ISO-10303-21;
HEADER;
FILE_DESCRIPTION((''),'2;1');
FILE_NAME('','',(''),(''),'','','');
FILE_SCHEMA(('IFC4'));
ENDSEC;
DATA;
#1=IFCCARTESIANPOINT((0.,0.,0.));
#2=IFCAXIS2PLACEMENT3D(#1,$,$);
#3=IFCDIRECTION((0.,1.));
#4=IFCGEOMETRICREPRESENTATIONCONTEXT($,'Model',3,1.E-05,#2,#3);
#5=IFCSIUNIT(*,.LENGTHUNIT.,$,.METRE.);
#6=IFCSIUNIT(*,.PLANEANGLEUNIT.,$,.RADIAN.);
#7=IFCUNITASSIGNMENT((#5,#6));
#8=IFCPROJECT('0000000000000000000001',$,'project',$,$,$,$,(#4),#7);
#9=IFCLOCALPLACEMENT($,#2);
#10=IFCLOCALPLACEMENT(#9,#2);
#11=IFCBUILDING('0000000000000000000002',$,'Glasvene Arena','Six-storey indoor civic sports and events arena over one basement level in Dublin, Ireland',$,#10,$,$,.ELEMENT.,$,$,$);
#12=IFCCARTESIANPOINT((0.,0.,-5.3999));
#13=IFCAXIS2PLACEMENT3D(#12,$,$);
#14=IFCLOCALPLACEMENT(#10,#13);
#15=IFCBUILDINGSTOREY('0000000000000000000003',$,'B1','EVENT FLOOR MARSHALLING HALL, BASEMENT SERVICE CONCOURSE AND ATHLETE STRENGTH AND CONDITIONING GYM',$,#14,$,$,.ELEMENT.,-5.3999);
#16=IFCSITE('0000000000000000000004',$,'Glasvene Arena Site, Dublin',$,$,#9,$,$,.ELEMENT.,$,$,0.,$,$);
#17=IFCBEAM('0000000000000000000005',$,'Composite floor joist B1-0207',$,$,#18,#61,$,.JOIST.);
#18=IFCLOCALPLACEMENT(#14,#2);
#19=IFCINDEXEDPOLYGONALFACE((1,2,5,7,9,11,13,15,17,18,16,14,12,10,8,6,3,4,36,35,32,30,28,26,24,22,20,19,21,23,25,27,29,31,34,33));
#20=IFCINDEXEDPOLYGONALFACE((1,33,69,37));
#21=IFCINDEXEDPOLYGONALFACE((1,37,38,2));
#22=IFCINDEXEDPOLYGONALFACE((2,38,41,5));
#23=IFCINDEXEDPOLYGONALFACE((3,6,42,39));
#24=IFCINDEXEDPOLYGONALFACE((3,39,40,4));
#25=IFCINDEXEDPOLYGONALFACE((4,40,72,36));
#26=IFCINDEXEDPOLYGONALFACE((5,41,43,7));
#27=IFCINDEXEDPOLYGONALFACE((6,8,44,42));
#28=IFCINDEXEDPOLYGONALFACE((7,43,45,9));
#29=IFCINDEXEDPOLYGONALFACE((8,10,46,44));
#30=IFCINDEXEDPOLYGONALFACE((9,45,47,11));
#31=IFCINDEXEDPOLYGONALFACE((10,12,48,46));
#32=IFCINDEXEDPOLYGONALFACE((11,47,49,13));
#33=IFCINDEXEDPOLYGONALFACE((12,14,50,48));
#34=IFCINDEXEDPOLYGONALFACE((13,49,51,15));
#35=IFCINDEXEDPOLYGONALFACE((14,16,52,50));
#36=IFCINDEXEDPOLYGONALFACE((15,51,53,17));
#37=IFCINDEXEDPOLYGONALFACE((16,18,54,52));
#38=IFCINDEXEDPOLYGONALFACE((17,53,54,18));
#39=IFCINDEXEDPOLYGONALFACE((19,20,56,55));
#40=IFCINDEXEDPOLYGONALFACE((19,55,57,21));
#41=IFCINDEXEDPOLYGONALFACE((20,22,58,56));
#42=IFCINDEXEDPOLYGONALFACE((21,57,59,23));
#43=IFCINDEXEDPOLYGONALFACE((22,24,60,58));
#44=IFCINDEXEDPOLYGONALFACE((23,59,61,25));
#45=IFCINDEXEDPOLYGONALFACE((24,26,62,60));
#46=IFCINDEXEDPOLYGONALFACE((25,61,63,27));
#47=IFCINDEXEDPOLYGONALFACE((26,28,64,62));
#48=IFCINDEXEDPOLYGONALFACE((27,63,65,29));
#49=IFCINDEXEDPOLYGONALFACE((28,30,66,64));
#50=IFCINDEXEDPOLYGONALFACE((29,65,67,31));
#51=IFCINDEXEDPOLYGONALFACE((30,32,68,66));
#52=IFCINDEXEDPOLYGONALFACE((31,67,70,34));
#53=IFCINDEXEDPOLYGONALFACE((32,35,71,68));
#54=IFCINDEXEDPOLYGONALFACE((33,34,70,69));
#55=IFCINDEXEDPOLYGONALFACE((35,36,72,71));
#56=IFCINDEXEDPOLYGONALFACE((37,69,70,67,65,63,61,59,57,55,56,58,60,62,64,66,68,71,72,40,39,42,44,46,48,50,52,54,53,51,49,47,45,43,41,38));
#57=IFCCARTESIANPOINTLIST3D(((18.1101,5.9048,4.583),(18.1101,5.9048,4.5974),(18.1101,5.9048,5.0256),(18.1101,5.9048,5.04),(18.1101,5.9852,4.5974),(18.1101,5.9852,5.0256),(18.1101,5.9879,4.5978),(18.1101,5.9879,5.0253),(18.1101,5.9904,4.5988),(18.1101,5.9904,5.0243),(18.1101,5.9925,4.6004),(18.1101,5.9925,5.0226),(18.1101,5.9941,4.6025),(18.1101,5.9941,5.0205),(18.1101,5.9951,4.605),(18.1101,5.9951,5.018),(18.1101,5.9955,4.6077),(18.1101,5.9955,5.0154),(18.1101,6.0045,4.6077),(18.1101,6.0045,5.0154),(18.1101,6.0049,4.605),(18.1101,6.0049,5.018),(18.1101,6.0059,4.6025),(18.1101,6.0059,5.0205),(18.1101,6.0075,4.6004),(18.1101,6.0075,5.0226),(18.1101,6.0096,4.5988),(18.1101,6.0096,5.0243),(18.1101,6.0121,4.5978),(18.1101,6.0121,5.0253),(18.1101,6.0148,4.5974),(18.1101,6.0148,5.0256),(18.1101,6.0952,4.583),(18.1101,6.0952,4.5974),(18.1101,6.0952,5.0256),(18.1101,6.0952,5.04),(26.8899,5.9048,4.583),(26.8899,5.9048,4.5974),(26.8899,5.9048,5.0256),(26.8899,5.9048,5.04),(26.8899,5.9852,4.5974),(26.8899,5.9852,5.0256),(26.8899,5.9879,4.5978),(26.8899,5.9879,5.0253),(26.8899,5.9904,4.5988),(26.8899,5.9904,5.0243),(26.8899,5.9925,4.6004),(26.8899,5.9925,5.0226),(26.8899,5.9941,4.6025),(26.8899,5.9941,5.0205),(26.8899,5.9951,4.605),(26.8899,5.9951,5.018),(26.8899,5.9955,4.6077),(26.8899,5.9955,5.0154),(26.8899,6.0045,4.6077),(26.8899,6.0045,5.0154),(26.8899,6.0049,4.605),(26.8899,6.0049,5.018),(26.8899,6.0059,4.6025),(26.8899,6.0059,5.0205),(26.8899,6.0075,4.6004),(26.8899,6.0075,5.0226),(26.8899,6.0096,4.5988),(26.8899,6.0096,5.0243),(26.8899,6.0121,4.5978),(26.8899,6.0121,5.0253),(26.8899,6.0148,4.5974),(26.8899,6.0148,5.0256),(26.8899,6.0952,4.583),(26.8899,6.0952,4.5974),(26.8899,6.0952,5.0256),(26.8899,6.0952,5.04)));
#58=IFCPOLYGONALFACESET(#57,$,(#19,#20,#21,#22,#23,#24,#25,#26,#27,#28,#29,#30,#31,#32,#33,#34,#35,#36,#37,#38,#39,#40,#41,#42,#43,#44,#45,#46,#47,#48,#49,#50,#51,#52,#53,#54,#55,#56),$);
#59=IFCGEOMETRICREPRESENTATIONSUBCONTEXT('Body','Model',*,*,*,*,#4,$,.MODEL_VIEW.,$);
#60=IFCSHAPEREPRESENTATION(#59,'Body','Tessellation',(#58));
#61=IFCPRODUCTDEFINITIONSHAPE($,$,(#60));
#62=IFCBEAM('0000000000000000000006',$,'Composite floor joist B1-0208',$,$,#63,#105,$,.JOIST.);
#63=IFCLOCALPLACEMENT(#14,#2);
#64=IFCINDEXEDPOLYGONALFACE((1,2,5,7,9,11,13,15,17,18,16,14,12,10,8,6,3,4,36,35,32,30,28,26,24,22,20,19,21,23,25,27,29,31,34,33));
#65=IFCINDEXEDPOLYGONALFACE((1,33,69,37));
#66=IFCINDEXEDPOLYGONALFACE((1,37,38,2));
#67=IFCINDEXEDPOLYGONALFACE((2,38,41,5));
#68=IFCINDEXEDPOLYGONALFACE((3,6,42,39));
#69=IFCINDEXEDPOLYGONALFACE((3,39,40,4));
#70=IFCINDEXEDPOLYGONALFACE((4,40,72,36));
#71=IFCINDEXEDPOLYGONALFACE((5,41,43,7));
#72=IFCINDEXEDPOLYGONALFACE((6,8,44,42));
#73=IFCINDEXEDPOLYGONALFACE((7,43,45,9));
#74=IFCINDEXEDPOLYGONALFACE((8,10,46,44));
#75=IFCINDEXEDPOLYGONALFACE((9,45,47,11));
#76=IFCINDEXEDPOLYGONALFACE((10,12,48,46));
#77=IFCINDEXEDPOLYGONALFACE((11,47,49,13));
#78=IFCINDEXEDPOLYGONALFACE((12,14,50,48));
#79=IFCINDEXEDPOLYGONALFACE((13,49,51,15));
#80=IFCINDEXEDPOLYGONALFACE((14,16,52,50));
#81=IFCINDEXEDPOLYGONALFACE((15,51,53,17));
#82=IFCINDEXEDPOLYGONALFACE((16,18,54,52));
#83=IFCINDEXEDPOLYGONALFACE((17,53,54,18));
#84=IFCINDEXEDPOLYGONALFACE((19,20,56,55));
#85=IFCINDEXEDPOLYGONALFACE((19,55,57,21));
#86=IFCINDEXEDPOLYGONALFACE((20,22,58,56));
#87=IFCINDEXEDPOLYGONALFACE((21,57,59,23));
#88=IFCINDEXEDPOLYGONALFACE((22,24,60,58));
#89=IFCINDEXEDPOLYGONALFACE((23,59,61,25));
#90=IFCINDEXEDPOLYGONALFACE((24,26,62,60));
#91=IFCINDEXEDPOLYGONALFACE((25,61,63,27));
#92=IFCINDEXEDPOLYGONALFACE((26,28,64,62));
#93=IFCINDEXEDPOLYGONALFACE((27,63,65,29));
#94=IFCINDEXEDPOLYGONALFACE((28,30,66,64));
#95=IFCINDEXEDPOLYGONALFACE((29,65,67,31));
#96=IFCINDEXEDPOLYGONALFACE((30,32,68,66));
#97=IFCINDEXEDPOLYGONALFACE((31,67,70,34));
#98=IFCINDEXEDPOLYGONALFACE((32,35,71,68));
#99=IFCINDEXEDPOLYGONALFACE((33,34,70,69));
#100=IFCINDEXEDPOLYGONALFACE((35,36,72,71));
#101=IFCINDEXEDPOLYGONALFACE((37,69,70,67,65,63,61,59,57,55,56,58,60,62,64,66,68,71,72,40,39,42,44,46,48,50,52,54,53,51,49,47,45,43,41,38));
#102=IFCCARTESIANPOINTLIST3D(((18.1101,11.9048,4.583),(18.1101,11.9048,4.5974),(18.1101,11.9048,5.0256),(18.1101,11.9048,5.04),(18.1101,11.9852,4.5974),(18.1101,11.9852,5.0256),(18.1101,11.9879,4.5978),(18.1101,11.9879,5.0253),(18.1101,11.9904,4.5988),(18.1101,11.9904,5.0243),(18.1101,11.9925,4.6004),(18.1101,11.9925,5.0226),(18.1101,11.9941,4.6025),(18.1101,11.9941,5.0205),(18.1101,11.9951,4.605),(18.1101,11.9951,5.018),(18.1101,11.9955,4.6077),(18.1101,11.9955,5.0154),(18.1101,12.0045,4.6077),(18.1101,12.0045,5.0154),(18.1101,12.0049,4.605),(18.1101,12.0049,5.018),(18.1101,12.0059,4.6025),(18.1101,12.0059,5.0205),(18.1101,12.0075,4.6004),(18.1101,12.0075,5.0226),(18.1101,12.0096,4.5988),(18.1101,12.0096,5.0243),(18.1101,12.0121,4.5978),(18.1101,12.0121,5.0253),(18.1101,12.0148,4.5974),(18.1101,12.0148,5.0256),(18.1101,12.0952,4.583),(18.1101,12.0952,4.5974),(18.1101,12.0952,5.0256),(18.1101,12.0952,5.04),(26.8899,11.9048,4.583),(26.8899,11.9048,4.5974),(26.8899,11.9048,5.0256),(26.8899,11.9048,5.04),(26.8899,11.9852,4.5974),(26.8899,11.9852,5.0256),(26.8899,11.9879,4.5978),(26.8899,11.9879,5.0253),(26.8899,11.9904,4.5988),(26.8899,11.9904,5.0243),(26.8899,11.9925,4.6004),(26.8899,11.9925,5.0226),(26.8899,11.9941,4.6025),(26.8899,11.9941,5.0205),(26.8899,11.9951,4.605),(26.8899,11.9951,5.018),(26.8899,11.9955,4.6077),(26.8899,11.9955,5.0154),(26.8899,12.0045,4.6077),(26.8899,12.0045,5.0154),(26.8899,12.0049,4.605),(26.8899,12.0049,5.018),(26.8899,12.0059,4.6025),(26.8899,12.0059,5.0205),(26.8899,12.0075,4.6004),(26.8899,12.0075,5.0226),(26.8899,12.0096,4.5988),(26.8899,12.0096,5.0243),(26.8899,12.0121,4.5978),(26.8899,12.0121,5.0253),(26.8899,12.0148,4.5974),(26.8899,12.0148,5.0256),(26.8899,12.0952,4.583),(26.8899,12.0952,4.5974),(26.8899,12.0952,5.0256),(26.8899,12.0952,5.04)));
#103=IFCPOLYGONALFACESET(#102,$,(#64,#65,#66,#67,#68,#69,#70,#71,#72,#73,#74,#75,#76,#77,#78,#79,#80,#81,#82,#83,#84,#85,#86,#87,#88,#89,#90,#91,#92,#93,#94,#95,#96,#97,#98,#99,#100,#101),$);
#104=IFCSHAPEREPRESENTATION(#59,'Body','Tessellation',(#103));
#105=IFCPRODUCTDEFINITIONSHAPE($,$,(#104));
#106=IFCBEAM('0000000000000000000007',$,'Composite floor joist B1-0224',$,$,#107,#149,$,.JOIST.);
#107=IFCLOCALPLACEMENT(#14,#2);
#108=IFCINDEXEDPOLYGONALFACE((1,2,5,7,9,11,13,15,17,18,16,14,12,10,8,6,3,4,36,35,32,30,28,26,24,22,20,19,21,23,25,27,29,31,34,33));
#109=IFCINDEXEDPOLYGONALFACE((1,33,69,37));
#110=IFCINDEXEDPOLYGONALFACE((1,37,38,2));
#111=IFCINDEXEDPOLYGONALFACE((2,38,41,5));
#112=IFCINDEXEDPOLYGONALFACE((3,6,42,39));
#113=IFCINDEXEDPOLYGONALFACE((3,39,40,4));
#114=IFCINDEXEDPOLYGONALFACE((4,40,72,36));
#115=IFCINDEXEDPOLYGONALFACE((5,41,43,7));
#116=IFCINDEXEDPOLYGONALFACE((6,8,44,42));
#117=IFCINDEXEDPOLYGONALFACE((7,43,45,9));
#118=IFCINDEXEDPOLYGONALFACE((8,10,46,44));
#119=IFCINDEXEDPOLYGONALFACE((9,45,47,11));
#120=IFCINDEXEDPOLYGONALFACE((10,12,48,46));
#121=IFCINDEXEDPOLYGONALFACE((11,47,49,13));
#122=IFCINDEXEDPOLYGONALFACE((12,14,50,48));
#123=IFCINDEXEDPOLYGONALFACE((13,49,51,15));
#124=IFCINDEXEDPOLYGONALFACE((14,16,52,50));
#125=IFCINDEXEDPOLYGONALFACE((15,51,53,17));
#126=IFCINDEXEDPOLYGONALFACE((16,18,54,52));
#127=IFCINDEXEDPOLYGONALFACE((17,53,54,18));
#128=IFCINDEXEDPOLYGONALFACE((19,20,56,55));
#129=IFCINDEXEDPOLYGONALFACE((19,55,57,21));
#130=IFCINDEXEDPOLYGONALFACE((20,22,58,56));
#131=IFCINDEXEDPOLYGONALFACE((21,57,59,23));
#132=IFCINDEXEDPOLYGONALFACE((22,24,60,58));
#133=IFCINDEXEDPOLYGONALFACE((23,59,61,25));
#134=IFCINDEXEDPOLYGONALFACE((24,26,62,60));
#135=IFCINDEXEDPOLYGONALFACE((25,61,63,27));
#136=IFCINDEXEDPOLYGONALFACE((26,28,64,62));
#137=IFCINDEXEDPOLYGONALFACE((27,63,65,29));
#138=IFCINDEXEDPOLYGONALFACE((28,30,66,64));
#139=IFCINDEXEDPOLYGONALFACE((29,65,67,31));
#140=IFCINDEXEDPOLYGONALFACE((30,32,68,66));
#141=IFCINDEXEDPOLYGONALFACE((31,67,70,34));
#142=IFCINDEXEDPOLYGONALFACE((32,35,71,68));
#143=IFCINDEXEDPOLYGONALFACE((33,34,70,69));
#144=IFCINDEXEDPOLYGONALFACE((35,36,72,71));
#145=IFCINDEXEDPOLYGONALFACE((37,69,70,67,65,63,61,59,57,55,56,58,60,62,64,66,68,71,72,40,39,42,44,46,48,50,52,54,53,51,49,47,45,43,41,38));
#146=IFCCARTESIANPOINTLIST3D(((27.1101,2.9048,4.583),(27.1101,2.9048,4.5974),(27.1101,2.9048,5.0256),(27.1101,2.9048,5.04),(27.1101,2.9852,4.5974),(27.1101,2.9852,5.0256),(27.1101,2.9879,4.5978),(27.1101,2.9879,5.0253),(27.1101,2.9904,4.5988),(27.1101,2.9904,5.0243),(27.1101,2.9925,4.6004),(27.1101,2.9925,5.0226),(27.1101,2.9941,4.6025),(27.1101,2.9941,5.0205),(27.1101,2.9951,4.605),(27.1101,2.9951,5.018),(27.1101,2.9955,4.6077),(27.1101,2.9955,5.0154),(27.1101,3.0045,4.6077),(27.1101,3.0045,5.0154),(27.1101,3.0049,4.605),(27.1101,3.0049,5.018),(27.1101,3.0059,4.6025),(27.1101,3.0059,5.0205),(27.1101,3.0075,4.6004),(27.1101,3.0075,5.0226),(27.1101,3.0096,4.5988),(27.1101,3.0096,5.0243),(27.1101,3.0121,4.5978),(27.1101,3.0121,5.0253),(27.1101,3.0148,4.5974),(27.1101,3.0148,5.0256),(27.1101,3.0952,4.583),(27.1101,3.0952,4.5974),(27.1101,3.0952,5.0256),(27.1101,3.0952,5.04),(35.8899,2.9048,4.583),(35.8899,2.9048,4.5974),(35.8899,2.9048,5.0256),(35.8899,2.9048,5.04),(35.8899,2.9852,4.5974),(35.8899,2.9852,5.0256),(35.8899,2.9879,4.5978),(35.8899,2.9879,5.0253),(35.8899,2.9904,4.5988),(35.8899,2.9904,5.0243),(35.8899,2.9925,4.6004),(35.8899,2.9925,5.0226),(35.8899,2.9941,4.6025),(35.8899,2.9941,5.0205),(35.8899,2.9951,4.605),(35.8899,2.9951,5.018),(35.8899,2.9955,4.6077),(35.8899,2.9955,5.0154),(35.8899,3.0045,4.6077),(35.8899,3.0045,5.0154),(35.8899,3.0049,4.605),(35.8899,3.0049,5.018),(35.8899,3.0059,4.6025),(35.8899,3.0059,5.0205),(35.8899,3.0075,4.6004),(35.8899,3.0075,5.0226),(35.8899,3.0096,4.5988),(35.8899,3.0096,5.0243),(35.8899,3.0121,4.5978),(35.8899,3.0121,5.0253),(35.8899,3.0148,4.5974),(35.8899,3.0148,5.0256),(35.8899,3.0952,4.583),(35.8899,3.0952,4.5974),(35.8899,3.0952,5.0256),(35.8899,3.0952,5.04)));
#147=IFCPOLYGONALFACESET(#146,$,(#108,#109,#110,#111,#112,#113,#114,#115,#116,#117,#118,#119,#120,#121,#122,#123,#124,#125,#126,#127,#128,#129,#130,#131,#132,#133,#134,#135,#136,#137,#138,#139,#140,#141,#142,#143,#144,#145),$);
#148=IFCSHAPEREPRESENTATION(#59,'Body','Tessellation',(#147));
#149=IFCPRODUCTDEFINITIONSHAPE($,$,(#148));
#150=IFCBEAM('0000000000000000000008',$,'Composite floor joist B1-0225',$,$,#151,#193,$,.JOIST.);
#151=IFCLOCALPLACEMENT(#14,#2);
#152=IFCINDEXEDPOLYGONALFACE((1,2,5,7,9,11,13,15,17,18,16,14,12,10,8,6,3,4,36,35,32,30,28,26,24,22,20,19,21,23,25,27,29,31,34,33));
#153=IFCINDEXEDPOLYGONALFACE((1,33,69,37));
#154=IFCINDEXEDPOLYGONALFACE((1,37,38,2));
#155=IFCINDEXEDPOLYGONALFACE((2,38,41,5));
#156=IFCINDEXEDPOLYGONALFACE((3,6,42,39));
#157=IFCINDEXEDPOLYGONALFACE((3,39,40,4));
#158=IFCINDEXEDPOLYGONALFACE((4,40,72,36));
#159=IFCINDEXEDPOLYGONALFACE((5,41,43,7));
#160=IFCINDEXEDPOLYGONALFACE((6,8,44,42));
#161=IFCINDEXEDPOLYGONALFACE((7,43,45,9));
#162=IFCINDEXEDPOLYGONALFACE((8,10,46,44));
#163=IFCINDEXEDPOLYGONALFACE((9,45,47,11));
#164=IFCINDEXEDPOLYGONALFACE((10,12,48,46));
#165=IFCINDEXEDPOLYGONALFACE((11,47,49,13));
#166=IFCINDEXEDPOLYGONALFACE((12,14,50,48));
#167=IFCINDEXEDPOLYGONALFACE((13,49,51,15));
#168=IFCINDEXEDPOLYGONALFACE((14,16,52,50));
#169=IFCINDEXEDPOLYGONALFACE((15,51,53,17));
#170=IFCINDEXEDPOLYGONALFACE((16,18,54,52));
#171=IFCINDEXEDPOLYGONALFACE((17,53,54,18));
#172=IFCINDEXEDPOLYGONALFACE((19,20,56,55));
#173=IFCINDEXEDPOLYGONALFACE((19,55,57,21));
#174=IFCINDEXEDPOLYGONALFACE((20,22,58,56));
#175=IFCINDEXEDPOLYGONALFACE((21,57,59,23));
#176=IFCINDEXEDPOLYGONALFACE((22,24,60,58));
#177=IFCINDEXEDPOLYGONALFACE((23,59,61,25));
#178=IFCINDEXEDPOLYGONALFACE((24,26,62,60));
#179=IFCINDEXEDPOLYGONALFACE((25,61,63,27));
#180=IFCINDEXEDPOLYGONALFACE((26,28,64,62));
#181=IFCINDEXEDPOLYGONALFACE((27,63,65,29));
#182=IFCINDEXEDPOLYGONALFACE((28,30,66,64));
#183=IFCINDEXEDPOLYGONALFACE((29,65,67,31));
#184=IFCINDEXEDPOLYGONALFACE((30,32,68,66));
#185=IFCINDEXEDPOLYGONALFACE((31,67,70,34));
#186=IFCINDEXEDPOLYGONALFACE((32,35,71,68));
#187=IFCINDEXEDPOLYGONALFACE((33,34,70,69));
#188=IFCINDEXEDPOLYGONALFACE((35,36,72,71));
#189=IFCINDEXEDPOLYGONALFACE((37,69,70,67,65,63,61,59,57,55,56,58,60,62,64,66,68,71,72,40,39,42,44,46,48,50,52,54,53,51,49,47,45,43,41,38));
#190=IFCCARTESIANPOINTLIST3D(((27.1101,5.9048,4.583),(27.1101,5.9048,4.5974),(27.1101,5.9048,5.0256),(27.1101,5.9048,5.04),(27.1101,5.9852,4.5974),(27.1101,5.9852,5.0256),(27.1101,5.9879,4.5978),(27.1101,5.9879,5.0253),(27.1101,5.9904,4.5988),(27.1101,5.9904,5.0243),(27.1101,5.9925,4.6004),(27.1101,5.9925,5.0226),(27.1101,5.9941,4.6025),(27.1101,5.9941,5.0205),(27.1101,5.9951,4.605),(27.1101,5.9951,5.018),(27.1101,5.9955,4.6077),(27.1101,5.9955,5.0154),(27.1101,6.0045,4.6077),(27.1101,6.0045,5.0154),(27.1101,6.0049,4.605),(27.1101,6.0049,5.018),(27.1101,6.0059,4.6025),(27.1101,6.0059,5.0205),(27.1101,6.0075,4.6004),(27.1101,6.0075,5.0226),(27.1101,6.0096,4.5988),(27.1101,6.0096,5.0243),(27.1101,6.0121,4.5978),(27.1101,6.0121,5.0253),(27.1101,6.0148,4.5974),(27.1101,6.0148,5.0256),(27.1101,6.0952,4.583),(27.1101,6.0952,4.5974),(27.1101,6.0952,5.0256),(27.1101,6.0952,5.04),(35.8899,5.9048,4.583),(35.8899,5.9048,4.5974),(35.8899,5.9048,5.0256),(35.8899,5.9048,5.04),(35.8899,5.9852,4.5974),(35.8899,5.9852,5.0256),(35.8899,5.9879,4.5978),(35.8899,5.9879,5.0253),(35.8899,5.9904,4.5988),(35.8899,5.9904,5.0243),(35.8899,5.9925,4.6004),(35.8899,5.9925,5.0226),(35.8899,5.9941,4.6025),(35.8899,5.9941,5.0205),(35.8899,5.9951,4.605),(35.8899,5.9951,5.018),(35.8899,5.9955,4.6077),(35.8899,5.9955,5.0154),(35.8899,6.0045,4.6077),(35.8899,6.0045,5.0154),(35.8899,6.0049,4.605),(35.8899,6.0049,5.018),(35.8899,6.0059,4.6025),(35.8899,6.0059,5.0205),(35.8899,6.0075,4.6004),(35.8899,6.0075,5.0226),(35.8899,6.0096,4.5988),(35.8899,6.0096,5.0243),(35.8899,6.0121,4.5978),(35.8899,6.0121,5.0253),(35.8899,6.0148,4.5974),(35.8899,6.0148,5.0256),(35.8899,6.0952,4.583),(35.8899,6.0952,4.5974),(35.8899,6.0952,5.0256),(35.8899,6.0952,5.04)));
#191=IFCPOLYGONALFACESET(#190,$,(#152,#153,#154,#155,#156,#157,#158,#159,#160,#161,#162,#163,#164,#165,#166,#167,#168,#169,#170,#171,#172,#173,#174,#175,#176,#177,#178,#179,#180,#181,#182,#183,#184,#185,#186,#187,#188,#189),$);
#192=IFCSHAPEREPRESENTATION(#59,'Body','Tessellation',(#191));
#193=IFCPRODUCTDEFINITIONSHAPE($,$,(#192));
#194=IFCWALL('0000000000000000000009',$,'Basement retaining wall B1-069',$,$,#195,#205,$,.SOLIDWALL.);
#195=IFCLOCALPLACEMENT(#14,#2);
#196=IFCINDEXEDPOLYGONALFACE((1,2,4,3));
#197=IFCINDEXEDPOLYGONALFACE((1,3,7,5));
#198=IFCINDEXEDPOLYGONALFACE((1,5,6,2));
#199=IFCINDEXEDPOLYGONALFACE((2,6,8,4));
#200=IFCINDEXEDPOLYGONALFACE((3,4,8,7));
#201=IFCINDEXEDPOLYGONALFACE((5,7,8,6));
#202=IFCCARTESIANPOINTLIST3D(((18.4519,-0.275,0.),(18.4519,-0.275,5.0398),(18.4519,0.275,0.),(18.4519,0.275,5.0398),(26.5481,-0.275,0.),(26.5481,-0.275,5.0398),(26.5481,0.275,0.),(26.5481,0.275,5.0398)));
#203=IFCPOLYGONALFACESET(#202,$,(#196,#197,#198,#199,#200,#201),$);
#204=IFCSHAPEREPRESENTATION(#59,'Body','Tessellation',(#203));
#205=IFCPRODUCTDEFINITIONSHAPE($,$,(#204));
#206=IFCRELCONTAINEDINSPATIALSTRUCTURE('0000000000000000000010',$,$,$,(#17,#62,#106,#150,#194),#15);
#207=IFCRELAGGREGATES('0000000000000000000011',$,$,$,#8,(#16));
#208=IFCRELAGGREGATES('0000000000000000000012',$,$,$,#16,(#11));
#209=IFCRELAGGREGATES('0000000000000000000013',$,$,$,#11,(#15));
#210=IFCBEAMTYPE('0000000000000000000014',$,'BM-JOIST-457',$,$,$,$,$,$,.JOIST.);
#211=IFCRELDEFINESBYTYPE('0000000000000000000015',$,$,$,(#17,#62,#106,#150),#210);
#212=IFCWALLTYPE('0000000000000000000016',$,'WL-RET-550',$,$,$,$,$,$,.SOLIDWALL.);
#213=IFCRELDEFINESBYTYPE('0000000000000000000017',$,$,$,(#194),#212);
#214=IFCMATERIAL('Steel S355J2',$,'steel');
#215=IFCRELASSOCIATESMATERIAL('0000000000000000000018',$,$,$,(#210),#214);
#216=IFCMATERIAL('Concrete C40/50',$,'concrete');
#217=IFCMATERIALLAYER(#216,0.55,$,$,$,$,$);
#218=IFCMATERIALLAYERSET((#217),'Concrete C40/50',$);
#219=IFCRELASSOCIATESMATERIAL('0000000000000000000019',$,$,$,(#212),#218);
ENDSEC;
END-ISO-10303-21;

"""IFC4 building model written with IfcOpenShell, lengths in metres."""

from ifc_helpers import new_model, si_unit, direction, frame, frame_2d, origin, origin_2d, place, context, subcontext, project, spatial, rectangle, i_section, extrude, material, layer, layer_set, material_profile, profile_set, type_object, element, save


model = new_model("IFC4")

# Units and contexts
model_context = context("Model", 3, precision=1e-05, world=origin(), true_north=direction((0.0, 1.0)))
body_context = subcontext(model_context, "Body", "Model", "MODEL_VIEW")
ifc_project = project(units=[si_unit("LENGTHUNIT", "METRE"), si_unit("PLANEANGLEUNIT", "RADIAN")], contexts=[model_context])

# Site, building, storey
site_placement = place(None, origin())
site = spatial("IfcSite", under=ifc_project, at=site_placement, Name="Glasvene Arena Site, Dublin", CompositionType="ELEMENT", RefElevation=0.0)
building_placement = place(site_placement, origin())
building = spatial("IfcBuilding", under=site, at=building_placement, Name="Glasvene Arena", Description="Six-storey indoor civic sports and events arena over one basement level in Dublin, Ireland", CompositionType="ELEMENT")
storey_placement = place(building_placement, frame((0.0, 0.0, -5.3999)))
storey = spatial("IfcBuildingStorey", under=building, at=storey_placement, Name="B1", Description="EVENT FLOOR MARSHALLING HALL, BASEMENT SERVICE CONCOURSE AND ATHLETE STRENGTH AND CONDITIONING GYM", CompositionType="ELEMENT", Elevation=-5.3999)

# Shared definitions
ifc_material_1 = material(Name="Concrete C40/50", Category="concrete")

# Shared definitions
ifc_material_2 = material(Name="Steel S355J2", Category="steel")

# Beams
ifc_material_profile_1 = material_profile(ifc_material_2, i_section(OverallWidth=0.1904, OverallDepth=0.457, WebThickness=0.009, FlangeThickness=0.0144, FilletRadius=0.0103, at=origin_2d()), Name="UKB 457x191x74")
ifc_profile_set_1 = profile_set([ifc_material_profile_1], Name="Steel S355J2")
beam_type_1 = type_object("IfcBeamType", Name="BM-JOIST-457", PredefinedType="JOIST", material=ifc_profile_set_1)
for number, where, z_axis, x_axis, name in (
    (1, (18.1101, 6.0, 4.8115), (1.0, 0.0, 0.0), (0.0, 1.0, 0.0), "Composite floor joist B1-0207"),
    (2, (18.1101, 12.0, 4.8115), (1.0, 0.0, 0.0), (0.0, 1.0, 0.0), "Composite floor joist B1-0208"),
    (3, (27.1101, 3.0, 4.8115), (1.0, 0.0, 0.0), (0.0, 1.0, 0.0), "Composite floor joist B1-0224"),
    (4, (27.1101, 6.0, 4.8115), (1.0, 0.0, 0.0), (0.0, 1.0, 0.0), "Composite floor joist B1-0225"),
):
    element("IfcBeam", number, at=place(storey_placement, frame(where, z_axis=z_axis, x_axis=x_axis)), inside=storey, type_object=beam_type_1, Name=name, PredefinedType="JOIST", context=body_context, shape_type="SweptSolid", body=[
        extrude(i_section(OverallWidth=0.1904, OverallDepth=0.457, WebThickness=0.009, FlangeThickness=0.0144, FilletRadius=0.0103, at=origin_2d()), origin(), (0.0, 0.0, 1.0), 8.7798),
    ])

# Wall
ifc_layer = layer(ifc_material_1, 0.55)
ifc_layer_set = layer_set([ifc_layer], Name="Concrete C40/50")
wall_type = type_object("IfcWallType", Name="WL-RET-550", PredefinedType="SOLIDWALL", material=ifc_layer_set)
wall_placement = place(storey_placement, frame((26.5481, 0.0, 0.0), z_axis=(0.0, 0.0, 1.0), x_axis=(-1.0, 0.0, 0.0)))
element("IfcWall", 5, at=wall_placement, inside=storey, type_object=wall_type, Name="Basement retaining wall B1-069", PredefinedType="SOLIDWALL", context=body_context, shape_type="SweptSolid", body=[
    extrude(rectangle(XDim=8.0962, YDim=0.55, at=frame_2d((4.0481, 0.0))), origin(), (0.0, 0.0, 1.0), 5.0398),
])

save(model, "model.ifc")
